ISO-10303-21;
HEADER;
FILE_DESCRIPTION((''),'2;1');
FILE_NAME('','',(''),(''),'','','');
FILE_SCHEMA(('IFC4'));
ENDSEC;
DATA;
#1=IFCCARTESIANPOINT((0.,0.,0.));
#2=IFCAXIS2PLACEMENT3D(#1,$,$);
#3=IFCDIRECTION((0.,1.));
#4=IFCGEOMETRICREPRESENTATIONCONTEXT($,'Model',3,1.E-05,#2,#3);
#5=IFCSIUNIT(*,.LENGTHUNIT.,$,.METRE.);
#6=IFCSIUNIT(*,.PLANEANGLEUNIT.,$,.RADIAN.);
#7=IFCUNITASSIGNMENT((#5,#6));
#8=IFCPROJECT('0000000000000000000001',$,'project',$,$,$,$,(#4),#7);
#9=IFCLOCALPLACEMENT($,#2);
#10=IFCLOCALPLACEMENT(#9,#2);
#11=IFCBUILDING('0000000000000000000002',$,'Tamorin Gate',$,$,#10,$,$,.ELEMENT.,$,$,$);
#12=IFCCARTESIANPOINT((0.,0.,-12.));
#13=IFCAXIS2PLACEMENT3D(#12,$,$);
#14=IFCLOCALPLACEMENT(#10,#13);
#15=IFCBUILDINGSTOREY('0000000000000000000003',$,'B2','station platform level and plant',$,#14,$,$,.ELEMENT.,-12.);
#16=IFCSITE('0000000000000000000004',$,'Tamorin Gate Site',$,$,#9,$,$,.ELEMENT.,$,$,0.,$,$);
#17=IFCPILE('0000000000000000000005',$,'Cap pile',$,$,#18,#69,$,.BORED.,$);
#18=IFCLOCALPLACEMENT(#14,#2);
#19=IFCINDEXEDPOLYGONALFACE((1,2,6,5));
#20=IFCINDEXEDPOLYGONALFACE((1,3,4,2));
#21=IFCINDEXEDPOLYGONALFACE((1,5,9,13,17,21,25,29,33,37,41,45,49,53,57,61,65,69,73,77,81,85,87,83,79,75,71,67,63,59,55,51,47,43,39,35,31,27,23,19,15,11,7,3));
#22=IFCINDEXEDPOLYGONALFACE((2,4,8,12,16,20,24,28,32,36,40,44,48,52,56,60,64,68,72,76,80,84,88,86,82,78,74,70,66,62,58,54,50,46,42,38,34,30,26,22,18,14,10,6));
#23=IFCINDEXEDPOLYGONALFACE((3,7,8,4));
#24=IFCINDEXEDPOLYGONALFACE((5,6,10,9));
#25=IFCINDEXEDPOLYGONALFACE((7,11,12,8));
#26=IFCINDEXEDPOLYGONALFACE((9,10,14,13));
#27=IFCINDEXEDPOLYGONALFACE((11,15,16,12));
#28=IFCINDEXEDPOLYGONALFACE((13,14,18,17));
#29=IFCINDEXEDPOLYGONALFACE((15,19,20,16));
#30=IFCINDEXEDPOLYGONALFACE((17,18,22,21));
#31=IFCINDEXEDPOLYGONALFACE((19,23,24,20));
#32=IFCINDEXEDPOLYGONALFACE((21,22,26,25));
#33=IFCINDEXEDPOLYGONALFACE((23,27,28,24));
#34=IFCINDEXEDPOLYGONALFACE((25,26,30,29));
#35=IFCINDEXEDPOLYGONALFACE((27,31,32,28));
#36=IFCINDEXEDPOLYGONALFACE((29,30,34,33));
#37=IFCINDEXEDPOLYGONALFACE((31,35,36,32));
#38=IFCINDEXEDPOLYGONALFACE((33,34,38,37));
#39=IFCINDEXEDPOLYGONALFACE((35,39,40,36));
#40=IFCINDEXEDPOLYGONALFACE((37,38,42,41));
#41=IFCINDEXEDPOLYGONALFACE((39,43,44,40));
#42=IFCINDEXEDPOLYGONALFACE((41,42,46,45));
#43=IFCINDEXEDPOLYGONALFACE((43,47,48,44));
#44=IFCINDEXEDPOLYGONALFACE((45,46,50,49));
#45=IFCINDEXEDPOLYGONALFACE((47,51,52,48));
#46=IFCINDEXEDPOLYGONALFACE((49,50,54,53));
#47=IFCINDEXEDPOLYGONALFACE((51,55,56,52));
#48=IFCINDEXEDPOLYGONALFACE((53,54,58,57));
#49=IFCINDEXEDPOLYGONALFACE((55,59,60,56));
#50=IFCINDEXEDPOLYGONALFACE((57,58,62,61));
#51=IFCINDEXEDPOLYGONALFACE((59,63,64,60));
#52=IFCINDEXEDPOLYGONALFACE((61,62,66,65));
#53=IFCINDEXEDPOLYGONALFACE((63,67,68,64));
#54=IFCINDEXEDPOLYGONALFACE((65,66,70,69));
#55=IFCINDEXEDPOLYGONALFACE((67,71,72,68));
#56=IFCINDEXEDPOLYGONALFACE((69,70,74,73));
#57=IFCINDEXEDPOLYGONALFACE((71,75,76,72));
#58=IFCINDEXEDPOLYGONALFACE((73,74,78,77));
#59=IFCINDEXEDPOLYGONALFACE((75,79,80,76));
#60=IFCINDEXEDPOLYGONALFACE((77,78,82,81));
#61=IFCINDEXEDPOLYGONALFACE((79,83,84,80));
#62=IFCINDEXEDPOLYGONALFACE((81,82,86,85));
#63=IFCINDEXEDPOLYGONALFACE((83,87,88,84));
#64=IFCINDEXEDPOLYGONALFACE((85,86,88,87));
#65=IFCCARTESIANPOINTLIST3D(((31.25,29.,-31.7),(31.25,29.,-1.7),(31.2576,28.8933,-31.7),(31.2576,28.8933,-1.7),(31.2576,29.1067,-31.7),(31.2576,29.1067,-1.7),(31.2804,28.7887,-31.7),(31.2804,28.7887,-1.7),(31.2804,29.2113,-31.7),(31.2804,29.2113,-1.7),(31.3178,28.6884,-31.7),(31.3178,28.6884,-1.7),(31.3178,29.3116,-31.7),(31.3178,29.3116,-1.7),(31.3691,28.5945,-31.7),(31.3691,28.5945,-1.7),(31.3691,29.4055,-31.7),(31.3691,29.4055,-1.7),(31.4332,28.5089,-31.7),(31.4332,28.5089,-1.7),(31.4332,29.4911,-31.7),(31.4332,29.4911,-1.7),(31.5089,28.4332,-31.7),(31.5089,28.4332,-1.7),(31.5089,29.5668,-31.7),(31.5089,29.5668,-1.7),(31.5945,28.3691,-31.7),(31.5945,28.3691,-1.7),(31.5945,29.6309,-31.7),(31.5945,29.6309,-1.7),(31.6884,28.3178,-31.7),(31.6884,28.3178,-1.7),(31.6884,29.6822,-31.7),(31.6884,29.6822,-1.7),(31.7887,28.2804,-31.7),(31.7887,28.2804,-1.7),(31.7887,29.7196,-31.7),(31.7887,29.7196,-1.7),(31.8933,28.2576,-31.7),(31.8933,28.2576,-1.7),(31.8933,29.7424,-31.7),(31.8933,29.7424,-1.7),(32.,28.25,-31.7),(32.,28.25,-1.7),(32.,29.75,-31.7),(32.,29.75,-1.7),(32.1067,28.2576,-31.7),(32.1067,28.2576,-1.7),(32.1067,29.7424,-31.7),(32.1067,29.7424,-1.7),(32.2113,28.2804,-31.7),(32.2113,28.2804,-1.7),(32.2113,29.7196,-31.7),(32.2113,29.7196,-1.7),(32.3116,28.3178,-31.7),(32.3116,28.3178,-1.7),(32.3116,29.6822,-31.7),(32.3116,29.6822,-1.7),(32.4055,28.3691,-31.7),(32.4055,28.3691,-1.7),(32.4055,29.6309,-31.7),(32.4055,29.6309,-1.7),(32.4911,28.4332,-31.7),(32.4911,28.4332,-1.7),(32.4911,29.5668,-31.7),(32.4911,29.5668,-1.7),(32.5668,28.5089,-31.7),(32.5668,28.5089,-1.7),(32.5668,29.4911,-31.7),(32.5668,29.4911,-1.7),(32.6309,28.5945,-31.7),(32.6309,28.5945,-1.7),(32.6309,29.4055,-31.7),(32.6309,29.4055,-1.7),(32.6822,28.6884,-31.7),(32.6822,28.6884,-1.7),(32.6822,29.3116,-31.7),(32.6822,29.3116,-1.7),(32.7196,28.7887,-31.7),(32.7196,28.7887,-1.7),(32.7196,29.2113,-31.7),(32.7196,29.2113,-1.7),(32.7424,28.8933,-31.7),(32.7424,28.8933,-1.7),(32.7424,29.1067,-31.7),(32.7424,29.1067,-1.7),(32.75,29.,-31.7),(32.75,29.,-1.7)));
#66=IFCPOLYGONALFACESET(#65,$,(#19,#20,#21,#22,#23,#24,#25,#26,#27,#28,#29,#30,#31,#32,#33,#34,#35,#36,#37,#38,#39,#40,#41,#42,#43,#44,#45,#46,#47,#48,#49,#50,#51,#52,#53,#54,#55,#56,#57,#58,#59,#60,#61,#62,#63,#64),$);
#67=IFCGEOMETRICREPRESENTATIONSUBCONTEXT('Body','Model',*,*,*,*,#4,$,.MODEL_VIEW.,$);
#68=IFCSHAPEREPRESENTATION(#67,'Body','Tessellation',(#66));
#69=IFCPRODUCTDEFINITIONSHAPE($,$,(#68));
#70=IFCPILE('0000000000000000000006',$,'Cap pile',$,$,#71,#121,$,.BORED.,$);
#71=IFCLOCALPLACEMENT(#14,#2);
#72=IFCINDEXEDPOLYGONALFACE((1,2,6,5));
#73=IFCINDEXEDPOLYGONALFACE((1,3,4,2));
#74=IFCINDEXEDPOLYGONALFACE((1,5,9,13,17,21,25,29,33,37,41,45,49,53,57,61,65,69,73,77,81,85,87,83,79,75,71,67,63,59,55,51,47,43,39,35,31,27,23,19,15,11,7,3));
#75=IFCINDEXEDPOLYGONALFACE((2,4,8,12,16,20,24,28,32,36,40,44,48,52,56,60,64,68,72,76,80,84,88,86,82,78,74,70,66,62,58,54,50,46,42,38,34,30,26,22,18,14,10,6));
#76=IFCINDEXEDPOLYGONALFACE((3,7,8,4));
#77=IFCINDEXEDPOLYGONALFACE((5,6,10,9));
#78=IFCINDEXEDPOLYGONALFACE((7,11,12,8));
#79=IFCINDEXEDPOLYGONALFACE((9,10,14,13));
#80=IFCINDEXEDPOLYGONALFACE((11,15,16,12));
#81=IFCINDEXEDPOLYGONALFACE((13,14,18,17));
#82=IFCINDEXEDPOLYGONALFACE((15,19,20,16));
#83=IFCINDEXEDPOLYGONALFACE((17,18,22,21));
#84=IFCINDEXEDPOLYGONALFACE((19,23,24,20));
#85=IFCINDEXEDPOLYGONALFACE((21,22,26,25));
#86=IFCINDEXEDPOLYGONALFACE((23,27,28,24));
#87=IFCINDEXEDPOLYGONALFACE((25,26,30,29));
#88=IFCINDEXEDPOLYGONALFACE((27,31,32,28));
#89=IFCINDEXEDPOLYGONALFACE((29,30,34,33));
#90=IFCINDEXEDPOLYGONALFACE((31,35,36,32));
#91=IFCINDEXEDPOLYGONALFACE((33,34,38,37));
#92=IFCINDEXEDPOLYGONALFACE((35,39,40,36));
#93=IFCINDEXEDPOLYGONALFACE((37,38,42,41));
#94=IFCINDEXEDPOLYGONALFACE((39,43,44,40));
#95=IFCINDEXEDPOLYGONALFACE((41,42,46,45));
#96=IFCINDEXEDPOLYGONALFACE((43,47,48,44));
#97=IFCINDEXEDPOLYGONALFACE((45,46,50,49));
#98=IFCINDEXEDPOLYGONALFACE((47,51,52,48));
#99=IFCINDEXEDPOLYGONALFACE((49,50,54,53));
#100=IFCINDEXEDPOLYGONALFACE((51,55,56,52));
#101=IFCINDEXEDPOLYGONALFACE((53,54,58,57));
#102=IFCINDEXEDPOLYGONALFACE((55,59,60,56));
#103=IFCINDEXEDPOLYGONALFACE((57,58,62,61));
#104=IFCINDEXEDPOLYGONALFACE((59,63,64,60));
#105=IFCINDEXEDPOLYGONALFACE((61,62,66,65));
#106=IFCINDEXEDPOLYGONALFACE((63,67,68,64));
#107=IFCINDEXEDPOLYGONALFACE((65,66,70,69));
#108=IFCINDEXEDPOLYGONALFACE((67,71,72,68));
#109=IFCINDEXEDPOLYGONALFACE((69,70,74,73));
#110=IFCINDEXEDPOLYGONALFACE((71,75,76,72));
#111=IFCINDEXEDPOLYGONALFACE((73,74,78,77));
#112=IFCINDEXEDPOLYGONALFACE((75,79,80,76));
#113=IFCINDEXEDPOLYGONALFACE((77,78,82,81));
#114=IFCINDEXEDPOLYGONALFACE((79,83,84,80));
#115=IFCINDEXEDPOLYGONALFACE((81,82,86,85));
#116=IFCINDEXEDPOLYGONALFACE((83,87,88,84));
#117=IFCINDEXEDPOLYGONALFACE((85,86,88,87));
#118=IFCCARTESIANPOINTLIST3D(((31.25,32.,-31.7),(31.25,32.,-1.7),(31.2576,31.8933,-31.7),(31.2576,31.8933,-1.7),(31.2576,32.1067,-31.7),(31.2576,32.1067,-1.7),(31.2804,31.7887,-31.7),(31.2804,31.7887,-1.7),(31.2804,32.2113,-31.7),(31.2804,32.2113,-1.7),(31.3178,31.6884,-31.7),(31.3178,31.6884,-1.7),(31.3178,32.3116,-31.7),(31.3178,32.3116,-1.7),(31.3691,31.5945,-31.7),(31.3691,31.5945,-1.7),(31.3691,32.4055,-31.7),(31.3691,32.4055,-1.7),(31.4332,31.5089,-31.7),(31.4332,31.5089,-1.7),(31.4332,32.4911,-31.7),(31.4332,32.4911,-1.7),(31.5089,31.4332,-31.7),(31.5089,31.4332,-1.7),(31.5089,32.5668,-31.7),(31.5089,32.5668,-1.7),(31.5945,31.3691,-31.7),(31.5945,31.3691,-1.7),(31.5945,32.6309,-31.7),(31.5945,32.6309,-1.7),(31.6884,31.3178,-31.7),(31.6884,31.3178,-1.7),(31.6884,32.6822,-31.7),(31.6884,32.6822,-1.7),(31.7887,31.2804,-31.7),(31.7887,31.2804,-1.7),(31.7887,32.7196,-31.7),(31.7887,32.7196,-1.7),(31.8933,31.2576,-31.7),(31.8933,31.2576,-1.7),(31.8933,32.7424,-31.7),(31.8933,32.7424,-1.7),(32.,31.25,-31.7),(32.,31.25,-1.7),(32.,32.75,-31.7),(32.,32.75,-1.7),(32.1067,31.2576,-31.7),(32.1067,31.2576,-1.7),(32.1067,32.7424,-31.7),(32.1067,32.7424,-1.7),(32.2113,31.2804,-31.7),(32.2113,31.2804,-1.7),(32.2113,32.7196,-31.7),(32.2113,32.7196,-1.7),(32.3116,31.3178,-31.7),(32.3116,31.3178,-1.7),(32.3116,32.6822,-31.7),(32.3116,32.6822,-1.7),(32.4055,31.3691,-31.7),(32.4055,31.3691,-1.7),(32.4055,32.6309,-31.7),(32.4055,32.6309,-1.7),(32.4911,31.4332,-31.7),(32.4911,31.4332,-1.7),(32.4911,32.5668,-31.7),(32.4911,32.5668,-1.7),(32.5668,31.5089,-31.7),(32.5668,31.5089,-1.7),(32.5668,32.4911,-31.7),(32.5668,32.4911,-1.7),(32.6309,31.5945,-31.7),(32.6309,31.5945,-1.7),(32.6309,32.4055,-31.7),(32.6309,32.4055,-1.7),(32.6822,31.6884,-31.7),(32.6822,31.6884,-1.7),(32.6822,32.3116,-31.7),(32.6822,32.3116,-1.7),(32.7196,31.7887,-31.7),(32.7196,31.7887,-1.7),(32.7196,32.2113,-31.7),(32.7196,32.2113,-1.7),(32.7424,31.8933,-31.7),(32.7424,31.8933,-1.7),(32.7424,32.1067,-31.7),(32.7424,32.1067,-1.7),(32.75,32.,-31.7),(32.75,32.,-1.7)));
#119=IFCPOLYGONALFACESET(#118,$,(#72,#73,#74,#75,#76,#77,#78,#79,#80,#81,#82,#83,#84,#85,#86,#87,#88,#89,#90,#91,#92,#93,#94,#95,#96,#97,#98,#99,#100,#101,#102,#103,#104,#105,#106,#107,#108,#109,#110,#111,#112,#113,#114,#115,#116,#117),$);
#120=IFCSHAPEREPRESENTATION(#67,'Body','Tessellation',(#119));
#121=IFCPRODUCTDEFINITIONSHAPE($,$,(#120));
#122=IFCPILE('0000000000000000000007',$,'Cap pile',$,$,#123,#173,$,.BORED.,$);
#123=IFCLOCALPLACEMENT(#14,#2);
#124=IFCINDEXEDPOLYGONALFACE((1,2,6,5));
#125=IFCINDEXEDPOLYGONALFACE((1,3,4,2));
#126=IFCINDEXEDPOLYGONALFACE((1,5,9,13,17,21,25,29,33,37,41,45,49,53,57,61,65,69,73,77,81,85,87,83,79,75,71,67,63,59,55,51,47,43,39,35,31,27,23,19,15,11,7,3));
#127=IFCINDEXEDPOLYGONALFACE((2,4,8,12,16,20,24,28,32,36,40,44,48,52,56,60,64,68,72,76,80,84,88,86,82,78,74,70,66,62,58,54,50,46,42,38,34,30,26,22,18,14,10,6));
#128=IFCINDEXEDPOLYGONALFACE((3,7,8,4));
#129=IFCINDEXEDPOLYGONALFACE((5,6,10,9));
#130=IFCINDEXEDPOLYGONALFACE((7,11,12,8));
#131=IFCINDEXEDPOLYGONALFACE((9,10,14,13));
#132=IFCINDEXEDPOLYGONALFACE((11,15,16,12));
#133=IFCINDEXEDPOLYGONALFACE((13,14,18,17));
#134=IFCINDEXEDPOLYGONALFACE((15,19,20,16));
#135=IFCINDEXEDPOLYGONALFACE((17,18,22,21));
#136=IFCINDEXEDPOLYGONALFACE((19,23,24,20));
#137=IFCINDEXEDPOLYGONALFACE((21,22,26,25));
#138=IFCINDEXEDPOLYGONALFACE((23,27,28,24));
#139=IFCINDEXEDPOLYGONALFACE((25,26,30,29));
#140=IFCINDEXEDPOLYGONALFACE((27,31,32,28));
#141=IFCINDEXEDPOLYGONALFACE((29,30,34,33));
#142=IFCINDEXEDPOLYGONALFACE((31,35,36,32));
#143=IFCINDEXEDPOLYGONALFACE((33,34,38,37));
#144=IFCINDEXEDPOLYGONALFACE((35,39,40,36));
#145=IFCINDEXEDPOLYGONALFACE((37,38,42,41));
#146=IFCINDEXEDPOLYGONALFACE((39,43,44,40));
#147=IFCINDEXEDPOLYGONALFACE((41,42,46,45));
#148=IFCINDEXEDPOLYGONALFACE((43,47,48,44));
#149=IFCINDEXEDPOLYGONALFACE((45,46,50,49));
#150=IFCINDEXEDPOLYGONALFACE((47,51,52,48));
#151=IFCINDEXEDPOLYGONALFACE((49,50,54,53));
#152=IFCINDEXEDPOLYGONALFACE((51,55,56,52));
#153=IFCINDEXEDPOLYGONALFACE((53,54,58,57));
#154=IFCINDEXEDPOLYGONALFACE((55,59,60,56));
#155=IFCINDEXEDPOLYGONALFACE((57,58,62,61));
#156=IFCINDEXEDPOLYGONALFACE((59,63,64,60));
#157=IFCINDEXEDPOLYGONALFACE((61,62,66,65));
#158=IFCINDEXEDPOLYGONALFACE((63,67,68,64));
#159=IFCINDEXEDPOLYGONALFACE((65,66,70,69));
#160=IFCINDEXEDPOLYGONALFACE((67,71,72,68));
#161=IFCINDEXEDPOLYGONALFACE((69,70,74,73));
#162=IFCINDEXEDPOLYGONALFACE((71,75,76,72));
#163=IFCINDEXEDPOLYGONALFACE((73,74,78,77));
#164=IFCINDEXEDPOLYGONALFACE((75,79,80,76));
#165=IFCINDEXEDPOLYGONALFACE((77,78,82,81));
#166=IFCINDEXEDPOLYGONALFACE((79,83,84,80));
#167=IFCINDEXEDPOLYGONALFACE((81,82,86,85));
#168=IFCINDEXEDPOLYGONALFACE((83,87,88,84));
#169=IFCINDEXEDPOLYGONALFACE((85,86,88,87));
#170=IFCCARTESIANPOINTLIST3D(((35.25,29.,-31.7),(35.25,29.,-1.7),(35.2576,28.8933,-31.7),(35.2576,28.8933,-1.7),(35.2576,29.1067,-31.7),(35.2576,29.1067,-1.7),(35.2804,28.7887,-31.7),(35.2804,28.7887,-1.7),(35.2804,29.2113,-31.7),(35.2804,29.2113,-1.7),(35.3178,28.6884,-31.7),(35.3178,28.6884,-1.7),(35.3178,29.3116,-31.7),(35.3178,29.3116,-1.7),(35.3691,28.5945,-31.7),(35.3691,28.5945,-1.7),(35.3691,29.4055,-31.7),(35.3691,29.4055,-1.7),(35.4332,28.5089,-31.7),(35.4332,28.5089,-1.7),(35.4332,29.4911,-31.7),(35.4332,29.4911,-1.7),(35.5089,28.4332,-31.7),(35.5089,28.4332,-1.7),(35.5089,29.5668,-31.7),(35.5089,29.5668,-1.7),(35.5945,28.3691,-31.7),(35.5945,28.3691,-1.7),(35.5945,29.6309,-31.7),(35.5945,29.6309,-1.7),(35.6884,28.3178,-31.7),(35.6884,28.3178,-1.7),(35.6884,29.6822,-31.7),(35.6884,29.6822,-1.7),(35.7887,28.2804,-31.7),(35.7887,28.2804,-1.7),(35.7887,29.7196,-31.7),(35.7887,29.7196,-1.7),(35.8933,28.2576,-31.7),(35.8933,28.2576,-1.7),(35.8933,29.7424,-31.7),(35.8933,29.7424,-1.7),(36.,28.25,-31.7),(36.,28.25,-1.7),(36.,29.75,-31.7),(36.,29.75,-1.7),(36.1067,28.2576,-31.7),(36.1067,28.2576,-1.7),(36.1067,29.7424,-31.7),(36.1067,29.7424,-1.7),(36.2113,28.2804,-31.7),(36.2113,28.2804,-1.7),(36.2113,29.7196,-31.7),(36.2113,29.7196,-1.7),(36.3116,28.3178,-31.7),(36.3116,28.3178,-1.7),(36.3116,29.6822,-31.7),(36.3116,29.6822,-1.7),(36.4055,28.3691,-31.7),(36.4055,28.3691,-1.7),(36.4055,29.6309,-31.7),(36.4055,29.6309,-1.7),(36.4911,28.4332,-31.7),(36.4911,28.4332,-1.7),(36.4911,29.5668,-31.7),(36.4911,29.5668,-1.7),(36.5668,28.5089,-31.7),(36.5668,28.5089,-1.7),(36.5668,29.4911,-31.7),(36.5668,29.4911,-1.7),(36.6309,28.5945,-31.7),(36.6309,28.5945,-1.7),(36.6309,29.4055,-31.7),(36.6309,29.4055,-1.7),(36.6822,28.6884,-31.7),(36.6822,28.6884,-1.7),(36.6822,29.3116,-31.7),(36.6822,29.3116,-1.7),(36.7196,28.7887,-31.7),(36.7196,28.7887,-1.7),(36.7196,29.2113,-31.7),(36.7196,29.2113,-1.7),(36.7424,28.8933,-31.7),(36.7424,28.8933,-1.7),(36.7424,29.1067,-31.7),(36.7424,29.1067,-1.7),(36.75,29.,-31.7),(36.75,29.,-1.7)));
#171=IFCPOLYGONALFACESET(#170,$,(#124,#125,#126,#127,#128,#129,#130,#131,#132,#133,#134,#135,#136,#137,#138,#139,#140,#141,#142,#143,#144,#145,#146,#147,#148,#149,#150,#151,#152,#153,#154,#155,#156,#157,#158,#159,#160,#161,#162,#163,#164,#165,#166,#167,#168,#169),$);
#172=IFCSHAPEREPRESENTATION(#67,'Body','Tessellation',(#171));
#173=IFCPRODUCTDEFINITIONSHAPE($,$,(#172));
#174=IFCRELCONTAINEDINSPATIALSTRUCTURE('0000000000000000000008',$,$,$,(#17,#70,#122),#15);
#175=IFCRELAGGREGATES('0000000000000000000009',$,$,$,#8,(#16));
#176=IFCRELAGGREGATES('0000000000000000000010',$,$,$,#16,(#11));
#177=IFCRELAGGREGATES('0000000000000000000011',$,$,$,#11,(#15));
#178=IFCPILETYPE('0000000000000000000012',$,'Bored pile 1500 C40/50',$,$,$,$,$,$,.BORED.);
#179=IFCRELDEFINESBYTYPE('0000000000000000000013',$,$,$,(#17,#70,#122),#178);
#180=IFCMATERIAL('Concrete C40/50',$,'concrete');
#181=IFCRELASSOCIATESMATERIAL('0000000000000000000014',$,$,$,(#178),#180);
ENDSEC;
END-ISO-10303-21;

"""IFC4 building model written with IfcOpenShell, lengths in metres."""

from ifc_helpers import new_model, si_unit, direction, frame, origin, origin_2d, place, context, subcontext, project, spatial, circle, extrude, material, material_profile, profile_set, type_object, element, save


model = new_model("IFC4")

# Units and contexts
model_context = context("Model", 3, precision=1e-05, world=origin(), true_north=direction((0.0, 1.0)))
body_context = subcontext(model_context, "Body", "Model", "MODEL_VIEW")
ifc_project = project(units=[si_unit("LENGTHUNIT", "METRE"), si_unit("PLANEANGLEUNIT", "RADIAN")], contexts=[model_context])

# Site, building, storey
site_placement = place(None, origin())
site = spatial("IfcSite", under=ifc_project, at=site_placement, Name="Tamorin Gate Site", CompositionType="ELEMENT", RefElevation=0.0)
building_placement = place(site_placement, origin())
building = spatial("IfcBuilding", under=site, at=building_placement, Name="Tamorin Gate", CompositionType="ELEMENT")
storey_placement = place(building_placement, frame((0.0, 0.0, -12.0)))
storey = spatial("IfcBuildingStorey", under=building, at=storey_placement, Name="B2", Description="station platform level and plant", CompositionType="ELEMENT", Elevation=-12.0)

# Piles
ifc_material_1 = material(Name="Concrete C40/50", Category="concrete")
ifc_material_profile_1 = material_profile(ifc_material_1, circle(Radius=0.75, at=origin_2d()))
ifc_profile_set_1 = profile_set([ifc_material_profile_1], Name="Concrete C40/50")
pile_type = type_object("IfcPileType", Name="Bored pile 1500 C40/50", PredefinedType="BORED", material=ifc_profile_set_1)
for number, where, z_axis, x_axis, name in (
    (1, (32.0, 29.0, -1.7), (0.0, 0.0, -1.0), (1.0, 0.0, 0.0), "Cap pile"),
    (2, (32.0, 32.0, -1.7), (0.0, 0.0, -1.0), (1.0, 0.0, 0.0), "Cap pile"),
    (3, (36.0, 29.0, -1.7), (0.0, 0.0, -1.0), (1.0, 0.0, 0.0), "Cap pile"),
):
    element("IfcPile", number, at=place(storey_placement, frame(where, z_axis=z_axis, x_axis=x_axis)), inside=storey, type_object=pile_type, Name=name, PredefinedType="BORED", context=body_context, shape_type="SweptSolid", body=[
        extrude(circle(Radius=0.75, at=origin_2d()), origin(), (0.0, 0.0, 1.0), 30.0),
    ])

save(model, "model.ifc")
